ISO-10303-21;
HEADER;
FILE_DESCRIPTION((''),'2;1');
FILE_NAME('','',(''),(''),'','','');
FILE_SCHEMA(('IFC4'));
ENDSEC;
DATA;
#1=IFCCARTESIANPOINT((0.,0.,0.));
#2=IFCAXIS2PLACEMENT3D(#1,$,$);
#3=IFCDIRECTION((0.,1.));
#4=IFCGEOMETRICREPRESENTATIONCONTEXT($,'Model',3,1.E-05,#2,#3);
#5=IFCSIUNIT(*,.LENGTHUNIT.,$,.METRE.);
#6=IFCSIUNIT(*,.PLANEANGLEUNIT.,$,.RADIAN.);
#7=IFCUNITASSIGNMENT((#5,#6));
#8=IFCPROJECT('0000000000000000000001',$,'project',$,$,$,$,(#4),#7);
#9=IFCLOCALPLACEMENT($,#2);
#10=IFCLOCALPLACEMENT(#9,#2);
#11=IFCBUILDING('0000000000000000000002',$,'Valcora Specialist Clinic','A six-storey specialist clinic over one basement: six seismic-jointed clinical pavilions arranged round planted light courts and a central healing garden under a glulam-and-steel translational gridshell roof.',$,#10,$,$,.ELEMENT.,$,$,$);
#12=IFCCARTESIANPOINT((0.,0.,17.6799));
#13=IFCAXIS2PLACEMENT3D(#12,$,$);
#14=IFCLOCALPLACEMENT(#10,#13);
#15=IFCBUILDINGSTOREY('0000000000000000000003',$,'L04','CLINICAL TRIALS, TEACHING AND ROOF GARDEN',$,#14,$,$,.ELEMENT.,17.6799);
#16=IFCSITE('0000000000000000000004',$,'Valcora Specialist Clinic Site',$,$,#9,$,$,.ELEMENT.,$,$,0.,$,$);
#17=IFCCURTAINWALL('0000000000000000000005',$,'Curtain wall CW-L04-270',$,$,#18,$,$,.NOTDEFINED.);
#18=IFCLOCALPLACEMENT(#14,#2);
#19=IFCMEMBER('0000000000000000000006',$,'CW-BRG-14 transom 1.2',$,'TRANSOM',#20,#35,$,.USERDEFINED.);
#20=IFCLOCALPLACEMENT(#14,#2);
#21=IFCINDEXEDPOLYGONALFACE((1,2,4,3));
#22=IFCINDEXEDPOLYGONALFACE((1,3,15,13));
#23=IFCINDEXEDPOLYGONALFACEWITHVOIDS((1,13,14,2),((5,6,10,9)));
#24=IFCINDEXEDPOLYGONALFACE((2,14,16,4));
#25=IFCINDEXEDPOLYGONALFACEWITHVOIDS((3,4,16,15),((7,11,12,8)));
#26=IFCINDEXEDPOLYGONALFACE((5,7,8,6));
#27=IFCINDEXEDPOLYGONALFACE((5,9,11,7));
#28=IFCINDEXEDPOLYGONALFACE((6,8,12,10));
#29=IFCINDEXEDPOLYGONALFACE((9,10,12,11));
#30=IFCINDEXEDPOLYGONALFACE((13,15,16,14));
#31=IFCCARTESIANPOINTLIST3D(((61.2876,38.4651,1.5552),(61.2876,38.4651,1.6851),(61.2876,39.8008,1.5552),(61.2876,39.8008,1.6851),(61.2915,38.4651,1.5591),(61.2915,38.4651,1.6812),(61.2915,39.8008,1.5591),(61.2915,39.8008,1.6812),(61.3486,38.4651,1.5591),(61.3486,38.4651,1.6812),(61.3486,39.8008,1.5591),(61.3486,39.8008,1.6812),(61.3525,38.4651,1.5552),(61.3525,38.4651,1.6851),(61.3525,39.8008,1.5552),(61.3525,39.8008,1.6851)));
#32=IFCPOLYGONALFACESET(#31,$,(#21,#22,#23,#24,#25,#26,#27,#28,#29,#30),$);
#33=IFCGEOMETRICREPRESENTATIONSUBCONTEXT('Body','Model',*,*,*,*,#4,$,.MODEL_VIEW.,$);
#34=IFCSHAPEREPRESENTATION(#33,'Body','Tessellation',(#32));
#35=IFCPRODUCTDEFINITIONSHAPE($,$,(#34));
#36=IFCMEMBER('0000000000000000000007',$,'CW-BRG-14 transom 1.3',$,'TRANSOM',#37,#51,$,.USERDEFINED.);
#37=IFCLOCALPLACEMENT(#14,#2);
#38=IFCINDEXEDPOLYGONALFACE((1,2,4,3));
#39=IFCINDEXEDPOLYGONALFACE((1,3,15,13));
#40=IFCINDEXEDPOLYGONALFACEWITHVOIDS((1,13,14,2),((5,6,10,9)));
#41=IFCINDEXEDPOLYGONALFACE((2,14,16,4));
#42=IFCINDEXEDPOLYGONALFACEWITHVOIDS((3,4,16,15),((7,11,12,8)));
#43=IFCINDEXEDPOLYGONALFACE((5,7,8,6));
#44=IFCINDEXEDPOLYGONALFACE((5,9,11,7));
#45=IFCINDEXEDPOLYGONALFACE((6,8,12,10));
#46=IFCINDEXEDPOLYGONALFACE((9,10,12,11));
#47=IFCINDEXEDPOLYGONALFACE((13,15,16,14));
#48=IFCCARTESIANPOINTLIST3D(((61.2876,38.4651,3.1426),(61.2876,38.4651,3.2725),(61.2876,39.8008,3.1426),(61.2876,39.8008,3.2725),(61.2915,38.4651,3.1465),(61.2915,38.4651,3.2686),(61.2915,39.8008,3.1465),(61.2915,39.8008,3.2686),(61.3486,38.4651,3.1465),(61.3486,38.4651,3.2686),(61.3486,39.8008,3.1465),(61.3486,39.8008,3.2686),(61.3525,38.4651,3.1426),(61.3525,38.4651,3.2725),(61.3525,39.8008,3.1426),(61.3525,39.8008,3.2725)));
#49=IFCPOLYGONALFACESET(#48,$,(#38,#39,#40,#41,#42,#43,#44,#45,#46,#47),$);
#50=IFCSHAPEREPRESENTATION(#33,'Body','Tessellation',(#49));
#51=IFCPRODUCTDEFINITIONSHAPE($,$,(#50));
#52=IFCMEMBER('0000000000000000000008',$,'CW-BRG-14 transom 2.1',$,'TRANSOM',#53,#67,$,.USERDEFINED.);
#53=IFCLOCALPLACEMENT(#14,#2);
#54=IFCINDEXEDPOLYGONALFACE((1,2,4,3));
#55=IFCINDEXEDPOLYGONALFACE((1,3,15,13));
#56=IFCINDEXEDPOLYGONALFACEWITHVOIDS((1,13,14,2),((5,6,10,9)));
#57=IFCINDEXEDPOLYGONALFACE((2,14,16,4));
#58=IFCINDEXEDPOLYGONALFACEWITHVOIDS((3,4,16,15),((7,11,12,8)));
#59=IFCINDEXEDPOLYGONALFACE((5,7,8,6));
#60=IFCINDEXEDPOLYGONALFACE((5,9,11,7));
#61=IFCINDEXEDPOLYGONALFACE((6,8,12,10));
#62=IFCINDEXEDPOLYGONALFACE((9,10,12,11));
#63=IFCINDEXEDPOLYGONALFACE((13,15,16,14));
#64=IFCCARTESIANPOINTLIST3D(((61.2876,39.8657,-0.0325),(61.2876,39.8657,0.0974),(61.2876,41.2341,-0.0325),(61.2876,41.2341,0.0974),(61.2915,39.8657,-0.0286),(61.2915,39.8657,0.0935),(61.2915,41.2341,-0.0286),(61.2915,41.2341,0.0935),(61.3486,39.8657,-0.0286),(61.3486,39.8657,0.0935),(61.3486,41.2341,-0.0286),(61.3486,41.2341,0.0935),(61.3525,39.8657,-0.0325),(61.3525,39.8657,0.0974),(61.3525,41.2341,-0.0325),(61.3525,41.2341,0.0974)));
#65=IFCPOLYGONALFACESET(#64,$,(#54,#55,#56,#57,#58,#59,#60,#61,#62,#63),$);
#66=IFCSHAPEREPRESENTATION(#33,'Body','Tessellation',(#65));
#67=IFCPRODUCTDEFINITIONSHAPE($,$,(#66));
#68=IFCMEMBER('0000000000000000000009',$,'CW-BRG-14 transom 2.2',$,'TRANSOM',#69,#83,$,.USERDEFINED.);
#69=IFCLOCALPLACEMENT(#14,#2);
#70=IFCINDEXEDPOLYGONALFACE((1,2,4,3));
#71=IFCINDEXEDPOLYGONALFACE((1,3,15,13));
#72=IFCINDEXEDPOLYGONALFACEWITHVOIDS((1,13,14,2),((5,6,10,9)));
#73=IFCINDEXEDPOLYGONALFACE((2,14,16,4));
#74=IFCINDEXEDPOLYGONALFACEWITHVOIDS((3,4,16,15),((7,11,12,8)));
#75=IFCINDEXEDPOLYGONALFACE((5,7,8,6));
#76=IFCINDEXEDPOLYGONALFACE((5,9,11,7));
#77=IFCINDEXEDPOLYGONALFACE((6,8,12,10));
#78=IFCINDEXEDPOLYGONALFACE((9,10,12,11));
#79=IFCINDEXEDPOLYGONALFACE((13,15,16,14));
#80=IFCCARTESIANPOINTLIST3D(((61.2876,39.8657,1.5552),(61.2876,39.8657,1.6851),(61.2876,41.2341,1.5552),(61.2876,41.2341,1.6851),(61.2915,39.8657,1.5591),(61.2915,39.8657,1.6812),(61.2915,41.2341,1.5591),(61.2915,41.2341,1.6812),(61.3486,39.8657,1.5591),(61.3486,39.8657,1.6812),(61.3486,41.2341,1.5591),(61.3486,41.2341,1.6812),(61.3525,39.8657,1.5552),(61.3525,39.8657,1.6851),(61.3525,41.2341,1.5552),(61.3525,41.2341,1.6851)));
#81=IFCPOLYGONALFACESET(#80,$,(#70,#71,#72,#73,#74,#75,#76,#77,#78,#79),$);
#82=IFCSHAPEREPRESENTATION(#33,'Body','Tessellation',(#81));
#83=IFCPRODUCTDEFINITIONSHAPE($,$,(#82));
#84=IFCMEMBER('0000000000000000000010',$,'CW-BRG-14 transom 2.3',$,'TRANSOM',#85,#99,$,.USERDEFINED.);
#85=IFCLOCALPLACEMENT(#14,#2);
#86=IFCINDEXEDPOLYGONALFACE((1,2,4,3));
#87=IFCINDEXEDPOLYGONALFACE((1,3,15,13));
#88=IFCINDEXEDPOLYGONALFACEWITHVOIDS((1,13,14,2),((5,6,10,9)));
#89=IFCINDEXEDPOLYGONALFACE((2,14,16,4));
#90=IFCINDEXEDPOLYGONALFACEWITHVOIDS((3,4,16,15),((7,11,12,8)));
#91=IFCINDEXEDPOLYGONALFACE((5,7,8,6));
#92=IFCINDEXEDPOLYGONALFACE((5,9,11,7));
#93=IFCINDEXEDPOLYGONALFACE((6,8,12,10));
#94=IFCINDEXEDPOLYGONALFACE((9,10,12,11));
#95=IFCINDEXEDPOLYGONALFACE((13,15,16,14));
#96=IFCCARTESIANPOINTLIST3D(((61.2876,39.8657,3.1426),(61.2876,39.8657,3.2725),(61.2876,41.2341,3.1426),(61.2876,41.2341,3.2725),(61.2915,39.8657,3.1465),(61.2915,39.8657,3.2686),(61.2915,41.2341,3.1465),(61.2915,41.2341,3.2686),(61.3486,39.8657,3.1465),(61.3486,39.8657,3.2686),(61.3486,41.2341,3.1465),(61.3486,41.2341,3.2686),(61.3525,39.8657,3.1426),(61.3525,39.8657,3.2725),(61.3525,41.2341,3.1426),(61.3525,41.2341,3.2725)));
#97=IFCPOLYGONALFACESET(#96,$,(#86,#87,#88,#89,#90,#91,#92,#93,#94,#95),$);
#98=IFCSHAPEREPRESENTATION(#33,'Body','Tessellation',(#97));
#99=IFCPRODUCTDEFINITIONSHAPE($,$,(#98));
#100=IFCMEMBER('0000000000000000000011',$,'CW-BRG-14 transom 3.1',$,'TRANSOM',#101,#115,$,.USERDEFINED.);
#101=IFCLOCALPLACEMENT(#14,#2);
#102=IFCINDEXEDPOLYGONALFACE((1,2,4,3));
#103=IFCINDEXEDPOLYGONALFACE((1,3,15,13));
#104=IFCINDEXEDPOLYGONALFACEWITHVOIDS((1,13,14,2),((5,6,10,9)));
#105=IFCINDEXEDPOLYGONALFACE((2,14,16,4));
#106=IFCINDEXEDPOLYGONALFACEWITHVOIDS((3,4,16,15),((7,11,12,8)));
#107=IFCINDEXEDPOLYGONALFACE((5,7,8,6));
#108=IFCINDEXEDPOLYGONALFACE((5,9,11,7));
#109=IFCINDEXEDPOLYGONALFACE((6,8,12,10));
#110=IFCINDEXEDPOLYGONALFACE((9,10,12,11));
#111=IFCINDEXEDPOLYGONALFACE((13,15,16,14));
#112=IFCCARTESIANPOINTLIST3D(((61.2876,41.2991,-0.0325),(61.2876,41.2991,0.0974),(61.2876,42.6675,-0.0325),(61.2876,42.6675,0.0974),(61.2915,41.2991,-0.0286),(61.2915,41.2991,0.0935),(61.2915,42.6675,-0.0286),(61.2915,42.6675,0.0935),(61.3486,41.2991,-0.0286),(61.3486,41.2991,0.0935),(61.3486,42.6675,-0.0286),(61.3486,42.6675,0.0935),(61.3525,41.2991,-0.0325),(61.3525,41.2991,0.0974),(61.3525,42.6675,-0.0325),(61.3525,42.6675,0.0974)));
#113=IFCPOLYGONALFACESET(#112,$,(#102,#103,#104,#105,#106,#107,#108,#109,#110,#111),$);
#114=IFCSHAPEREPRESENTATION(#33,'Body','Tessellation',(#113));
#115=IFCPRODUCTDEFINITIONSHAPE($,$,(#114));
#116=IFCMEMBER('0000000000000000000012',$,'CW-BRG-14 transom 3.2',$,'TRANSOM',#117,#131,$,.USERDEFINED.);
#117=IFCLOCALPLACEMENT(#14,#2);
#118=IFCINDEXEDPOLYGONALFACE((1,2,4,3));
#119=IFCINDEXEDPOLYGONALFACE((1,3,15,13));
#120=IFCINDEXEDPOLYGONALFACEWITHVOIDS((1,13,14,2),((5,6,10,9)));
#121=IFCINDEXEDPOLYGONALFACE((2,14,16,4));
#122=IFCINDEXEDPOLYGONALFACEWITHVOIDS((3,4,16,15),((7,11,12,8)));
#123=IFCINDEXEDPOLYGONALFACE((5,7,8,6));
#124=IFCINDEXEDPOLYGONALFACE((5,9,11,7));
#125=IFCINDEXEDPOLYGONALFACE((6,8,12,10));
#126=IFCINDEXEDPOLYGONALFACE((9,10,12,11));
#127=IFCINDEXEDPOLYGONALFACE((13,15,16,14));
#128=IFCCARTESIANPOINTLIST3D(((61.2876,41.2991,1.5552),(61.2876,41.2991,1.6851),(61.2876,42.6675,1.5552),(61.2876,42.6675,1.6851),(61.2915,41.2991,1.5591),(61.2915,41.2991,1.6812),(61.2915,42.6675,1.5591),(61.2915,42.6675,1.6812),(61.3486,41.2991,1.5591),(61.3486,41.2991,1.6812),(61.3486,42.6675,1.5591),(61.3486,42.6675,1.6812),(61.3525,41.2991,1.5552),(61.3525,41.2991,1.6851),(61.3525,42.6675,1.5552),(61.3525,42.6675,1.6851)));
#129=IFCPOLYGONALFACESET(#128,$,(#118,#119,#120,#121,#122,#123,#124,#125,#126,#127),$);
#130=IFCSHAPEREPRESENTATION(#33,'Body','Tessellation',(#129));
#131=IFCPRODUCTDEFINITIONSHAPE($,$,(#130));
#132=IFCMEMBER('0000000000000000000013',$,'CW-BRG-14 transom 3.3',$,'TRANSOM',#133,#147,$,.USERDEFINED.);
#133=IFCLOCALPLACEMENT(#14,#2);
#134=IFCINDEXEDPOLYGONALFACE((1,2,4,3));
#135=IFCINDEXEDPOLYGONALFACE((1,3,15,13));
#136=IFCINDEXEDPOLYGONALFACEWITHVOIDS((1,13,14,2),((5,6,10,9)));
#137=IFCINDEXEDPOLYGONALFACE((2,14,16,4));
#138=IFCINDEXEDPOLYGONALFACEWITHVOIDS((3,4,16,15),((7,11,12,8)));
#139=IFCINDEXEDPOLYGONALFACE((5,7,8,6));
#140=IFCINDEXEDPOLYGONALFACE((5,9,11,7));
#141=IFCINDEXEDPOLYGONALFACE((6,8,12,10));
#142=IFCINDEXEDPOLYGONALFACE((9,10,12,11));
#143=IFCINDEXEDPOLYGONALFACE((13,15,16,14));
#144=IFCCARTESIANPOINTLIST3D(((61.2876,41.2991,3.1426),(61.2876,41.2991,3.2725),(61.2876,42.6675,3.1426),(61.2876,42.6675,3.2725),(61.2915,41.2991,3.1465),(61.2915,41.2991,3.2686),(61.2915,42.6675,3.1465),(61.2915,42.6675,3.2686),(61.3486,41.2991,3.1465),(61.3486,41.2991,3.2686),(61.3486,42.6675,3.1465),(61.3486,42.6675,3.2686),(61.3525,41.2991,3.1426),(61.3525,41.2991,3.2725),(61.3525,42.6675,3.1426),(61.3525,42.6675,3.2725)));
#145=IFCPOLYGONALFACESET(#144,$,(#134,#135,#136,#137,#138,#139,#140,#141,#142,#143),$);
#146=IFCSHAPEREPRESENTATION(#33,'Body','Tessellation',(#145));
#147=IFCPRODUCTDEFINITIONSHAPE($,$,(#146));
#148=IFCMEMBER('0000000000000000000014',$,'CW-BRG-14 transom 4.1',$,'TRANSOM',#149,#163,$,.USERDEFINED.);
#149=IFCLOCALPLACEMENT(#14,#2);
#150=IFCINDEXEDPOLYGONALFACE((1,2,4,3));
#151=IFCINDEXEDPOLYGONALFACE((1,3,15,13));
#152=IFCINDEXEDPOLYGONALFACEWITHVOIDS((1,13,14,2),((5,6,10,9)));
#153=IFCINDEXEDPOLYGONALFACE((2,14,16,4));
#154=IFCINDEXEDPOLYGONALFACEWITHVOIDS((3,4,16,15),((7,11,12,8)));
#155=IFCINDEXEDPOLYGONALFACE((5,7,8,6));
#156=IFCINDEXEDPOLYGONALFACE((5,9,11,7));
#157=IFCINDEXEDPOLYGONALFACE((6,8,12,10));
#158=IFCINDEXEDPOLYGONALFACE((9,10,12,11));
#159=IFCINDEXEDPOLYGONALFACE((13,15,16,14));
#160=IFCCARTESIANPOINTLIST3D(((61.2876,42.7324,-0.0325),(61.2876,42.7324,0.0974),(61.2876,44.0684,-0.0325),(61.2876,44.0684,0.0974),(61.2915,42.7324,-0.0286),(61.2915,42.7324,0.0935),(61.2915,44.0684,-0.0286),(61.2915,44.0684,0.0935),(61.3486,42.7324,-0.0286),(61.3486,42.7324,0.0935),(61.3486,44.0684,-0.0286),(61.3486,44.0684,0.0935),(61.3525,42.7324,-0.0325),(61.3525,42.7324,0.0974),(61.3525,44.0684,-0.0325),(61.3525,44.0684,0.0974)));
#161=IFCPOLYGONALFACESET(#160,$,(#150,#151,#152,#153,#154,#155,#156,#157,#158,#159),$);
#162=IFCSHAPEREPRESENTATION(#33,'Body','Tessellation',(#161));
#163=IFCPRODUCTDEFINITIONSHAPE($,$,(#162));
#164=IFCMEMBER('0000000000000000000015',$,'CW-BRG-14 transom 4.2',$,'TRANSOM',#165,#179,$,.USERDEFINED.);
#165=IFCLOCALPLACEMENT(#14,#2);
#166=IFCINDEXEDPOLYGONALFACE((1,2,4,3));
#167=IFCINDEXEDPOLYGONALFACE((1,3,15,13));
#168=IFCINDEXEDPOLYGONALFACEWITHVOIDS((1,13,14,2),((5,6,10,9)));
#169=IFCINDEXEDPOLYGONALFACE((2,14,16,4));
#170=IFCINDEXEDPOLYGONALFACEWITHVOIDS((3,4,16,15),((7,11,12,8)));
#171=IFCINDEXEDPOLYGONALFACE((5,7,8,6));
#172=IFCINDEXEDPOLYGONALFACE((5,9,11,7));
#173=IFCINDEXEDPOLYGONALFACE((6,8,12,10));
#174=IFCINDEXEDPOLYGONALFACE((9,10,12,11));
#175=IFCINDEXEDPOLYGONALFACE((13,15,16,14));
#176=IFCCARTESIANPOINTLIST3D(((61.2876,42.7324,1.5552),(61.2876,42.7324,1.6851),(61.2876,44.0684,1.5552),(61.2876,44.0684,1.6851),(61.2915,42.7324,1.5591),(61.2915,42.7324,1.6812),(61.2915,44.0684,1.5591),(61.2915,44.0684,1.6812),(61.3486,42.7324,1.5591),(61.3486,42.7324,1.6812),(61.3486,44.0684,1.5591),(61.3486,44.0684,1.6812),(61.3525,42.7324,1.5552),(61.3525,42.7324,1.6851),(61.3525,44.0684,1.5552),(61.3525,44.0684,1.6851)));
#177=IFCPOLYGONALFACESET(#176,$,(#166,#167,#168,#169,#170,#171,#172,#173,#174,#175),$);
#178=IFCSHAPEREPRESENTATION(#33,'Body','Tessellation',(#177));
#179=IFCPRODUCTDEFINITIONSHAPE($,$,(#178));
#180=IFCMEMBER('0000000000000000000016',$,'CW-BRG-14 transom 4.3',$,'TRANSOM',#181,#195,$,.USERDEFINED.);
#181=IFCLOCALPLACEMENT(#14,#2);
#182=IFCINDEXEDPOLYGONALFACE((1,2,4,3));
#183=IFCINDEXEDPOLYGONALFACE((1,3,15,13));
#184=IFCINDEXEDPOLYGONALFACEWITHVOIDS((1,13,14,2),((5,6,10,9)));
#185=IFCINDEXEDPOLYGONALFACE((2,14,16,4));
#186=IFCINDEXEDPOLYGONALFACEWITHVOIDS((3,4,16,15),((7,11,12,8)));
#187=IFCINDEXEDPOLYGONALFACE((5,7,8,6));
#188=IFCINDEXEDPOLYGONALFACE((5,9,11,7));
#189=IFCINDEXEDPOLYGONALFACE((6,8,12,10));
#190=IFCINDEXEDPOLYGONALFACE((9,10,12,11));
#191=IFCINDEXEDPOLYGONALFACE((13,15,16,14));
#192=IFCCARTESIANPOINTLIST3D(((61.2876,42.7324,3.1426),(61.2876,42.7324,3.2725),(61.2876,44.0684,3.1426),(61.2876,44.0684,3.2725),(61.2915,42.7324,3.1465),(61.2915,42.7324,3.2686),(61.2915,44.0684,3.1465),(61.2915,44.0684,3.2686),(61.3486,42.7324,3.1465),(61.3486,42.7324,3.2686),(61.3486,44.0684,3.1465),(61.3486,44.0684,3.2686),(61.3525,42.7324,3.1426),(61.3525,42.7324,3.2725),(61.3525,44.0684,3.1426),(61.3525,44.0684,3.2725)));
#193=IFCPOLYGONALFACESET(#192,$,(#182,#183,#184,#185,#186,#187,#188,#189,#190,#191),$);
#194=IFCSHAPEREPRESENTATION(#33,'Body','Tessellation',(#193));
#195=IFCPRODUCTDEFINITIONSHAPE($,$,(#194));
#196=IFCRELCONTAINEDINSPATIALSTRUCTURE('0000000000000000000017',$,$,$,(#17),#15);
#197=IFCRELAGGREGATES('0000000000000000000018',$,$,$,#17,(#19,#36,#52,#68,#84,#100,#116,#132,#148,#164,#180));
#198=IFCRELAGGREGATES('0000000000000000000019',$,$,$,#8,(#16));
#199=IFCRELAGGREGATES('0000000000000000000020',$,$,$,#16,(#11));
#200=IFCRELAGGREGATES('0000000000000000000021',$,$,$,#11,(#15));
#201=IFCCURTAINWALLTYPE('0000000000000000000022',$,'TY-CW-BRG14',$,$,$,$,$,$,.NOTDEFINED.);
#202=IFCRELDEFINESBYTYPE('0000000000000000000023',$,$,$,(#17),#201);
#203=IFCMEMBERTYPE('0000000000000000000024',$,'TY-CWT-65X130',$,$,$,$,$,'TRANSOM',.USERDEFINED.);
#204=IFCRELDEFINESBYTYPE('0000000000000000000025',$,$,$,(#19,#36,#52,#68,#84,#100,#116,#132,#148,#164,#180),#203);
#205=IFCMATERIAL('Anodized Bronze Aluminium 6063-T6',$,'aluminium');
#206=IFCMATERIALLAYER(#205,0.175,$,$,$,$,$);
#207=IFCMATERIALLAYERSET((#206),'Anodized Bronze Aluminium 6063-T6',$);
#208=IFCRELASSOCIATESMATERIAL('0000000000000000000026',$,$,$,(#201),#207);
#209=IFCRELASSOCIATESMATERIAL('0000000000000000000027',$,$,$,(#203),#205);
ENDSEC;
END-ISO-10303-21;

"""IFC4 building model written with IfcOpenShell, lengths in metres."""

from ifc_helpers import new_model, si_unit, direction, frame, origin, origin_2d, place, context, subcontext, project, spatial, hollow_rectangle, extrude, material, layer, layer_set, material_profile, profile_set, type_object, element, aggregate, save


model = new_model("IFC4")

# Units and contexts
model_context = context("Model", 3, precision=1e-05, world=origin(), true_north=direction((0.0, 1.0)))
body_context = subcontext(model_context, "Body", "Model", "MODEL_VIEW")
ifc_project = project(units=[si_unit("LENGTHUNIT", "METRE"), si_unit("PLANEANGLEUNIT", "RADIAN")], contexts=[model_context])

# Site, building, storey
site_placement = place(None, origin())
site = spatial("IfcSite", under=ifc_project, at=site_placement, Name="Valcora Specialist Clinic Site", CompositionType="ELEMENT", RefElevation=0.0)
building_placement = place(site_placement, origin())
building = spatial("IfcBuilding", under=site, at=building_placement, Name="Valcora Specialist Clinic", Description="A six-storey specialist clinic over one basement: six seismic-jointed clinical pavilions arranged round planted light courts and a central healing garden under a glulam-and-steel translational gridshell roof.", CompositionType="ELEMENT")
storey_placement = place(building_placement, frame((0.0, 0.0, 17.6799)))
storey = spatial("IfcBuildingStorey", under=building, at=storey_placement, Name="L04", Description="CLINICAL TRIALS, TEACHING AND ROOF GARDEN", CompositionType="ELEMENT", Elevation=17.6799)

# Curtain wall
ifc_material_1 = material(Name="Anodized Bronze Aluminium 6063-T6", Category="aluminium")
ifc_layer_1 = layer(ifc_material_1, 0.175)
ifc_layer_set_1 = layer_set([ifc_layer_1], Name="Anodized Bronze Aluminium 6063-T6")
curtain_wall_type = type_object("IfcCurtainWallType", Name="TY-CW-BRG14", PredefinedType="NOTDEFINED", material=ifc_layer_set_1)
curtain_wall_1_placement = place(storey_placement, origin())
curtain_wall_1 = element("IfcCurtainWall", 1, at=curtain_wall_1_placement, inside=storey, type_object=curtain_wall_type, Name="Curtain wall CW-L04-270", PredefinedType="NOTDEFINED")

# Members
ifc_material_profile_1 = material_profile(ifc_material_1, hollow_rectangle(XDim=0.0649, YDim=0.1299, WallThickness=0.0039, at=origin_2d()), Name="AL-TRN-65X130")
ifc_profile_set_1 = profile_set([ifc_material_profile_1], Name="Anodized Bronze Aluminium 6063-T6")
member_type_1 = type_object("IfcMemberType", Name="TY-CWT-65X130", ElementType="TRANSOM", PredefinedType="USERDEFINED", material=ifc_profile_set_1)
member_1_placement = place(storey_placement, frame((61.3201, 38.4651, 1.6201), z_axis=(0.0, 1.0, 0.0), x_axis=(-1.0, 0.0, 0.0)))
member_1 = element("IfcMember", 2, at=member_1_placement, type_object=member_type_1, Name="CW-BRG-14 transom 1.2", ObjectType="TRANSOM", PredefinedType="USERDEFINED", context=body_context, shape_type="SweptSolid", body=[
    extrude(hollow_rectangle(XDim=0.0649, YDim=0.1299, WallThickness=0.0039, at=origin_2d()), origin(), (0.0, 0.0, 1.0), 1.3357),
])
member_2_placement = place(storey_placement, frame((61.3201, 38.4651, 3.2075), z_axis=(0.0, 1.0, 0.0), x_axis=(-1.0, 0.0, 0.0)))
member_2 = element("IfcMember", 3, at=member_2_placement, type_object=member_type_1, Name="CW-BRG-14 transom 1.3", ObjectType="TRANSOM", PredefinedType="USERDEFINED", context=body_context, shape_type="SweptSolid", body=[
    extrude(hollow_rectangle(XDim=0.0649, YDim=0.1299, WallThickness=0.0039, at=origin_2d()), origin(), (0.0, 0.0, 1.0), 1.3357),
])
member_3_placement = place(storey_placement, frame((61.3201, 39.8657, 0.0325), z_axis=(0.0, 1.0, 0.0), x_axis=(-1.0, 0.0, 0.0)))
member_3 = element("IfcMember", 4, at=member_3_placement, type_object=member_type_1, Name="CW-BRG-14 transom 2.1", ObjectType="TRANSOM", PredefinedType="USERDEFINED", context=body_context, shape_type="SweptSolid", body=[
    extrude(hollow_rectangle(XDim=0.0649, YDim=0.1299, WallThickness=0.0039, at=origin_2d()), origin(), (0.0, 0.0, 1.0), 1.3684),
])
member_4_placement = place(storey_placement, frame((61.3201, 39.8657, 1.6201), z_axis=(0.0, 1.0, 0.0), x_axis=(-1.0, 0.0, 0.0)))
member_4 = element("IfcMember", 5, at=member_4_placement, type_object=member_type_1, Name="CW-BRG-14 transom 2.2", ObjectType="TRANSOM", PredefinedType="USERDEFINED", context=body_context, shape_type="SweptSolid", body=[
    extrude(hollow_rectangle(XDim=0.0649, YDim=0.1299, WallThickness=0.0039, at=origin_2d()), origin(), (0.0, 0.0, 1.0), 1.3684),
])
member_5_placement = place(storey_placement, frame((61.3201, 39.8657, 3.2075), z_axis=(0.0, 1.0, 0.0), x_axis=(-1.0, 0.0, 0.0)))
member_5 = element("IfcMember", 6, at=member_5_placement, type_object=member_type_1, Name="CW-BRG-14 transom 2.3", ObjectType="TRANSOM", PredefinedType="USERDEFINED", context=body_context, shape_type="SweptSolid", body=[
    extrude(hollow_rectangle(XDim=0.0649, YDim=0.1299, WallThickness=0.0039, at=origin_2d()), origin(), (0.0, 0.0, 1.0), 1.3684),
])
member_6_placement = place(storey_placement, frame((61.3201, 41.2991, 0.0325), z_axis=(0.0, 1.0, 0.0), x_axis=(-1.0, 0.0, 0.0)))
member_6 = element("IfcMember", 7, at=member_6_placement, type_object=member_type_1, Name="CW-BRG-14 transom 3.1", ObjectType="TRANSOM", PredefinedType="USERDEFINED", context=body_context, shape_type="SweptSolid", body=[
    extrude(hollow_rectangle(XDim=0.0649, YDim=0.1299, WallThickness=0.0039, at=origin_2d()), origin(), (0.0, 0.0, 1.0), 1.3684),
])
member_7_placement = place(storey_placement, frame((61.3201, 41.2991, 1.6201), z_axis=(0.0, 1.0, 0.0), x_axis=(-1.0, 0.0, 0.0)))
member_7 = element("IfcMember", 8, at=member_7_placement, type_object=member_type_1, Name="CW-BRG-14 transom 3.2", ObjectType="TRANSOM", PredefinedType="USERDEFINED", context=body_context, shape_type="SweptSolid", body=[
    extrude(hollow_rectangle(XDim=0.0649, YDim=0.1299, WallThickness=0.0039, at=origin_2d()), origin(), (0.0, 0.0, 1.0), 1.3684),
])
member_8_placement = place(storey_placement, frame((61.3201, 41.2991, 3.2075), z_axis=(0.0, 1.0, 0.0), x_axis=(-1.0, 0.0, 0.0)))
member_8 = element("IfcMember", 9, at=member_8_placement, type_object=member_type_1, Name="CW-BRG-14 transom 3.3", ObjectType="TRANSOM", PredefinedType="USERDEFINED", context=body_context, shape_type="SweptSolid", body=[
    extrude(hollow_rectangle(XDim=0.0649, YDim=0.1299, WallThickness=0.0039, at=origin_2d()), origin(), (0.0, 0.0, 1.0), 1.3684),
])
member_9_placement = place(storey_placement, frame((61.3201, 42.7324, 0.0325), z_axis=(0.0, 1.0, 0.0), x_axis=(-1.0, 0.0, 0.0)))
member_9 = element("IfcMember", 10, at=member_9_placement, type_object=member_type_1, Name="CW-BRG-14 transom 4.1", ObjectType="TRANSOM", PredefinedType="USERDEFINED", context=body_context, shape_type="SweptSolid", body=[
    extrude(hollow_rectangle(XDim=0.0649, YDim=0.1299, WallThickness=0.0039, at=origin_2d()), origin(), (0.0, 0.0, 1.0), 1.3359),
])
member_10_placement = place(storey_placement, frame((61.3201, 42.7324, 1.6201), z_axis=(0.0, 1.0, 0.0), x_axis=(-1.0, 0.0, 0.0)))
member_10 = element("IfcMember", 11, at=member_10_placement, type_object=member_type_1, Name="CW-BRG-14 transom 4.2", ObjectType="TRANSOM", PredefinedType="USERDEFINED", context=body_context, shape_type="SweptSolid", body=[
    extrude(hollow_rectangle(XDim=0.0649, YDim=0.1299, WallThickness=0.0039, at=origin_2d()), origin(), (0.0, 0.0, 1.0), 1.3359),
])
member_11_placement = place(storey_placement, frame((61.3201, 42.7324, 3.2075), z_axis=(0.0, 1.0, 0.0), x_axis=(-1.0, 0.0, 0.0)))
member_11 = element("IfcMember", 12, at=member_11_placement, type_object=member_type_1, Name="CW-BRG-14 transom 4.3", ObjectType="TRANSOM", PredefinedType="USERDEFINED", context=body_context, shape_type="SweptSolid", body=[
    extrude(hollow_rectangle(XDim=0.0649, YDim=0.1299, WallThickness=0.0039, at=origin_2d()), origin(), (0.0, 0.0, 1.0), 1.3359),
])

aggregate(curtain_wall_1, [member_1, member_2, member_3, member_4, member_5, member_6, member_7, member_8, member_9, member_10, member_11])

save(model, "model.ifc")
